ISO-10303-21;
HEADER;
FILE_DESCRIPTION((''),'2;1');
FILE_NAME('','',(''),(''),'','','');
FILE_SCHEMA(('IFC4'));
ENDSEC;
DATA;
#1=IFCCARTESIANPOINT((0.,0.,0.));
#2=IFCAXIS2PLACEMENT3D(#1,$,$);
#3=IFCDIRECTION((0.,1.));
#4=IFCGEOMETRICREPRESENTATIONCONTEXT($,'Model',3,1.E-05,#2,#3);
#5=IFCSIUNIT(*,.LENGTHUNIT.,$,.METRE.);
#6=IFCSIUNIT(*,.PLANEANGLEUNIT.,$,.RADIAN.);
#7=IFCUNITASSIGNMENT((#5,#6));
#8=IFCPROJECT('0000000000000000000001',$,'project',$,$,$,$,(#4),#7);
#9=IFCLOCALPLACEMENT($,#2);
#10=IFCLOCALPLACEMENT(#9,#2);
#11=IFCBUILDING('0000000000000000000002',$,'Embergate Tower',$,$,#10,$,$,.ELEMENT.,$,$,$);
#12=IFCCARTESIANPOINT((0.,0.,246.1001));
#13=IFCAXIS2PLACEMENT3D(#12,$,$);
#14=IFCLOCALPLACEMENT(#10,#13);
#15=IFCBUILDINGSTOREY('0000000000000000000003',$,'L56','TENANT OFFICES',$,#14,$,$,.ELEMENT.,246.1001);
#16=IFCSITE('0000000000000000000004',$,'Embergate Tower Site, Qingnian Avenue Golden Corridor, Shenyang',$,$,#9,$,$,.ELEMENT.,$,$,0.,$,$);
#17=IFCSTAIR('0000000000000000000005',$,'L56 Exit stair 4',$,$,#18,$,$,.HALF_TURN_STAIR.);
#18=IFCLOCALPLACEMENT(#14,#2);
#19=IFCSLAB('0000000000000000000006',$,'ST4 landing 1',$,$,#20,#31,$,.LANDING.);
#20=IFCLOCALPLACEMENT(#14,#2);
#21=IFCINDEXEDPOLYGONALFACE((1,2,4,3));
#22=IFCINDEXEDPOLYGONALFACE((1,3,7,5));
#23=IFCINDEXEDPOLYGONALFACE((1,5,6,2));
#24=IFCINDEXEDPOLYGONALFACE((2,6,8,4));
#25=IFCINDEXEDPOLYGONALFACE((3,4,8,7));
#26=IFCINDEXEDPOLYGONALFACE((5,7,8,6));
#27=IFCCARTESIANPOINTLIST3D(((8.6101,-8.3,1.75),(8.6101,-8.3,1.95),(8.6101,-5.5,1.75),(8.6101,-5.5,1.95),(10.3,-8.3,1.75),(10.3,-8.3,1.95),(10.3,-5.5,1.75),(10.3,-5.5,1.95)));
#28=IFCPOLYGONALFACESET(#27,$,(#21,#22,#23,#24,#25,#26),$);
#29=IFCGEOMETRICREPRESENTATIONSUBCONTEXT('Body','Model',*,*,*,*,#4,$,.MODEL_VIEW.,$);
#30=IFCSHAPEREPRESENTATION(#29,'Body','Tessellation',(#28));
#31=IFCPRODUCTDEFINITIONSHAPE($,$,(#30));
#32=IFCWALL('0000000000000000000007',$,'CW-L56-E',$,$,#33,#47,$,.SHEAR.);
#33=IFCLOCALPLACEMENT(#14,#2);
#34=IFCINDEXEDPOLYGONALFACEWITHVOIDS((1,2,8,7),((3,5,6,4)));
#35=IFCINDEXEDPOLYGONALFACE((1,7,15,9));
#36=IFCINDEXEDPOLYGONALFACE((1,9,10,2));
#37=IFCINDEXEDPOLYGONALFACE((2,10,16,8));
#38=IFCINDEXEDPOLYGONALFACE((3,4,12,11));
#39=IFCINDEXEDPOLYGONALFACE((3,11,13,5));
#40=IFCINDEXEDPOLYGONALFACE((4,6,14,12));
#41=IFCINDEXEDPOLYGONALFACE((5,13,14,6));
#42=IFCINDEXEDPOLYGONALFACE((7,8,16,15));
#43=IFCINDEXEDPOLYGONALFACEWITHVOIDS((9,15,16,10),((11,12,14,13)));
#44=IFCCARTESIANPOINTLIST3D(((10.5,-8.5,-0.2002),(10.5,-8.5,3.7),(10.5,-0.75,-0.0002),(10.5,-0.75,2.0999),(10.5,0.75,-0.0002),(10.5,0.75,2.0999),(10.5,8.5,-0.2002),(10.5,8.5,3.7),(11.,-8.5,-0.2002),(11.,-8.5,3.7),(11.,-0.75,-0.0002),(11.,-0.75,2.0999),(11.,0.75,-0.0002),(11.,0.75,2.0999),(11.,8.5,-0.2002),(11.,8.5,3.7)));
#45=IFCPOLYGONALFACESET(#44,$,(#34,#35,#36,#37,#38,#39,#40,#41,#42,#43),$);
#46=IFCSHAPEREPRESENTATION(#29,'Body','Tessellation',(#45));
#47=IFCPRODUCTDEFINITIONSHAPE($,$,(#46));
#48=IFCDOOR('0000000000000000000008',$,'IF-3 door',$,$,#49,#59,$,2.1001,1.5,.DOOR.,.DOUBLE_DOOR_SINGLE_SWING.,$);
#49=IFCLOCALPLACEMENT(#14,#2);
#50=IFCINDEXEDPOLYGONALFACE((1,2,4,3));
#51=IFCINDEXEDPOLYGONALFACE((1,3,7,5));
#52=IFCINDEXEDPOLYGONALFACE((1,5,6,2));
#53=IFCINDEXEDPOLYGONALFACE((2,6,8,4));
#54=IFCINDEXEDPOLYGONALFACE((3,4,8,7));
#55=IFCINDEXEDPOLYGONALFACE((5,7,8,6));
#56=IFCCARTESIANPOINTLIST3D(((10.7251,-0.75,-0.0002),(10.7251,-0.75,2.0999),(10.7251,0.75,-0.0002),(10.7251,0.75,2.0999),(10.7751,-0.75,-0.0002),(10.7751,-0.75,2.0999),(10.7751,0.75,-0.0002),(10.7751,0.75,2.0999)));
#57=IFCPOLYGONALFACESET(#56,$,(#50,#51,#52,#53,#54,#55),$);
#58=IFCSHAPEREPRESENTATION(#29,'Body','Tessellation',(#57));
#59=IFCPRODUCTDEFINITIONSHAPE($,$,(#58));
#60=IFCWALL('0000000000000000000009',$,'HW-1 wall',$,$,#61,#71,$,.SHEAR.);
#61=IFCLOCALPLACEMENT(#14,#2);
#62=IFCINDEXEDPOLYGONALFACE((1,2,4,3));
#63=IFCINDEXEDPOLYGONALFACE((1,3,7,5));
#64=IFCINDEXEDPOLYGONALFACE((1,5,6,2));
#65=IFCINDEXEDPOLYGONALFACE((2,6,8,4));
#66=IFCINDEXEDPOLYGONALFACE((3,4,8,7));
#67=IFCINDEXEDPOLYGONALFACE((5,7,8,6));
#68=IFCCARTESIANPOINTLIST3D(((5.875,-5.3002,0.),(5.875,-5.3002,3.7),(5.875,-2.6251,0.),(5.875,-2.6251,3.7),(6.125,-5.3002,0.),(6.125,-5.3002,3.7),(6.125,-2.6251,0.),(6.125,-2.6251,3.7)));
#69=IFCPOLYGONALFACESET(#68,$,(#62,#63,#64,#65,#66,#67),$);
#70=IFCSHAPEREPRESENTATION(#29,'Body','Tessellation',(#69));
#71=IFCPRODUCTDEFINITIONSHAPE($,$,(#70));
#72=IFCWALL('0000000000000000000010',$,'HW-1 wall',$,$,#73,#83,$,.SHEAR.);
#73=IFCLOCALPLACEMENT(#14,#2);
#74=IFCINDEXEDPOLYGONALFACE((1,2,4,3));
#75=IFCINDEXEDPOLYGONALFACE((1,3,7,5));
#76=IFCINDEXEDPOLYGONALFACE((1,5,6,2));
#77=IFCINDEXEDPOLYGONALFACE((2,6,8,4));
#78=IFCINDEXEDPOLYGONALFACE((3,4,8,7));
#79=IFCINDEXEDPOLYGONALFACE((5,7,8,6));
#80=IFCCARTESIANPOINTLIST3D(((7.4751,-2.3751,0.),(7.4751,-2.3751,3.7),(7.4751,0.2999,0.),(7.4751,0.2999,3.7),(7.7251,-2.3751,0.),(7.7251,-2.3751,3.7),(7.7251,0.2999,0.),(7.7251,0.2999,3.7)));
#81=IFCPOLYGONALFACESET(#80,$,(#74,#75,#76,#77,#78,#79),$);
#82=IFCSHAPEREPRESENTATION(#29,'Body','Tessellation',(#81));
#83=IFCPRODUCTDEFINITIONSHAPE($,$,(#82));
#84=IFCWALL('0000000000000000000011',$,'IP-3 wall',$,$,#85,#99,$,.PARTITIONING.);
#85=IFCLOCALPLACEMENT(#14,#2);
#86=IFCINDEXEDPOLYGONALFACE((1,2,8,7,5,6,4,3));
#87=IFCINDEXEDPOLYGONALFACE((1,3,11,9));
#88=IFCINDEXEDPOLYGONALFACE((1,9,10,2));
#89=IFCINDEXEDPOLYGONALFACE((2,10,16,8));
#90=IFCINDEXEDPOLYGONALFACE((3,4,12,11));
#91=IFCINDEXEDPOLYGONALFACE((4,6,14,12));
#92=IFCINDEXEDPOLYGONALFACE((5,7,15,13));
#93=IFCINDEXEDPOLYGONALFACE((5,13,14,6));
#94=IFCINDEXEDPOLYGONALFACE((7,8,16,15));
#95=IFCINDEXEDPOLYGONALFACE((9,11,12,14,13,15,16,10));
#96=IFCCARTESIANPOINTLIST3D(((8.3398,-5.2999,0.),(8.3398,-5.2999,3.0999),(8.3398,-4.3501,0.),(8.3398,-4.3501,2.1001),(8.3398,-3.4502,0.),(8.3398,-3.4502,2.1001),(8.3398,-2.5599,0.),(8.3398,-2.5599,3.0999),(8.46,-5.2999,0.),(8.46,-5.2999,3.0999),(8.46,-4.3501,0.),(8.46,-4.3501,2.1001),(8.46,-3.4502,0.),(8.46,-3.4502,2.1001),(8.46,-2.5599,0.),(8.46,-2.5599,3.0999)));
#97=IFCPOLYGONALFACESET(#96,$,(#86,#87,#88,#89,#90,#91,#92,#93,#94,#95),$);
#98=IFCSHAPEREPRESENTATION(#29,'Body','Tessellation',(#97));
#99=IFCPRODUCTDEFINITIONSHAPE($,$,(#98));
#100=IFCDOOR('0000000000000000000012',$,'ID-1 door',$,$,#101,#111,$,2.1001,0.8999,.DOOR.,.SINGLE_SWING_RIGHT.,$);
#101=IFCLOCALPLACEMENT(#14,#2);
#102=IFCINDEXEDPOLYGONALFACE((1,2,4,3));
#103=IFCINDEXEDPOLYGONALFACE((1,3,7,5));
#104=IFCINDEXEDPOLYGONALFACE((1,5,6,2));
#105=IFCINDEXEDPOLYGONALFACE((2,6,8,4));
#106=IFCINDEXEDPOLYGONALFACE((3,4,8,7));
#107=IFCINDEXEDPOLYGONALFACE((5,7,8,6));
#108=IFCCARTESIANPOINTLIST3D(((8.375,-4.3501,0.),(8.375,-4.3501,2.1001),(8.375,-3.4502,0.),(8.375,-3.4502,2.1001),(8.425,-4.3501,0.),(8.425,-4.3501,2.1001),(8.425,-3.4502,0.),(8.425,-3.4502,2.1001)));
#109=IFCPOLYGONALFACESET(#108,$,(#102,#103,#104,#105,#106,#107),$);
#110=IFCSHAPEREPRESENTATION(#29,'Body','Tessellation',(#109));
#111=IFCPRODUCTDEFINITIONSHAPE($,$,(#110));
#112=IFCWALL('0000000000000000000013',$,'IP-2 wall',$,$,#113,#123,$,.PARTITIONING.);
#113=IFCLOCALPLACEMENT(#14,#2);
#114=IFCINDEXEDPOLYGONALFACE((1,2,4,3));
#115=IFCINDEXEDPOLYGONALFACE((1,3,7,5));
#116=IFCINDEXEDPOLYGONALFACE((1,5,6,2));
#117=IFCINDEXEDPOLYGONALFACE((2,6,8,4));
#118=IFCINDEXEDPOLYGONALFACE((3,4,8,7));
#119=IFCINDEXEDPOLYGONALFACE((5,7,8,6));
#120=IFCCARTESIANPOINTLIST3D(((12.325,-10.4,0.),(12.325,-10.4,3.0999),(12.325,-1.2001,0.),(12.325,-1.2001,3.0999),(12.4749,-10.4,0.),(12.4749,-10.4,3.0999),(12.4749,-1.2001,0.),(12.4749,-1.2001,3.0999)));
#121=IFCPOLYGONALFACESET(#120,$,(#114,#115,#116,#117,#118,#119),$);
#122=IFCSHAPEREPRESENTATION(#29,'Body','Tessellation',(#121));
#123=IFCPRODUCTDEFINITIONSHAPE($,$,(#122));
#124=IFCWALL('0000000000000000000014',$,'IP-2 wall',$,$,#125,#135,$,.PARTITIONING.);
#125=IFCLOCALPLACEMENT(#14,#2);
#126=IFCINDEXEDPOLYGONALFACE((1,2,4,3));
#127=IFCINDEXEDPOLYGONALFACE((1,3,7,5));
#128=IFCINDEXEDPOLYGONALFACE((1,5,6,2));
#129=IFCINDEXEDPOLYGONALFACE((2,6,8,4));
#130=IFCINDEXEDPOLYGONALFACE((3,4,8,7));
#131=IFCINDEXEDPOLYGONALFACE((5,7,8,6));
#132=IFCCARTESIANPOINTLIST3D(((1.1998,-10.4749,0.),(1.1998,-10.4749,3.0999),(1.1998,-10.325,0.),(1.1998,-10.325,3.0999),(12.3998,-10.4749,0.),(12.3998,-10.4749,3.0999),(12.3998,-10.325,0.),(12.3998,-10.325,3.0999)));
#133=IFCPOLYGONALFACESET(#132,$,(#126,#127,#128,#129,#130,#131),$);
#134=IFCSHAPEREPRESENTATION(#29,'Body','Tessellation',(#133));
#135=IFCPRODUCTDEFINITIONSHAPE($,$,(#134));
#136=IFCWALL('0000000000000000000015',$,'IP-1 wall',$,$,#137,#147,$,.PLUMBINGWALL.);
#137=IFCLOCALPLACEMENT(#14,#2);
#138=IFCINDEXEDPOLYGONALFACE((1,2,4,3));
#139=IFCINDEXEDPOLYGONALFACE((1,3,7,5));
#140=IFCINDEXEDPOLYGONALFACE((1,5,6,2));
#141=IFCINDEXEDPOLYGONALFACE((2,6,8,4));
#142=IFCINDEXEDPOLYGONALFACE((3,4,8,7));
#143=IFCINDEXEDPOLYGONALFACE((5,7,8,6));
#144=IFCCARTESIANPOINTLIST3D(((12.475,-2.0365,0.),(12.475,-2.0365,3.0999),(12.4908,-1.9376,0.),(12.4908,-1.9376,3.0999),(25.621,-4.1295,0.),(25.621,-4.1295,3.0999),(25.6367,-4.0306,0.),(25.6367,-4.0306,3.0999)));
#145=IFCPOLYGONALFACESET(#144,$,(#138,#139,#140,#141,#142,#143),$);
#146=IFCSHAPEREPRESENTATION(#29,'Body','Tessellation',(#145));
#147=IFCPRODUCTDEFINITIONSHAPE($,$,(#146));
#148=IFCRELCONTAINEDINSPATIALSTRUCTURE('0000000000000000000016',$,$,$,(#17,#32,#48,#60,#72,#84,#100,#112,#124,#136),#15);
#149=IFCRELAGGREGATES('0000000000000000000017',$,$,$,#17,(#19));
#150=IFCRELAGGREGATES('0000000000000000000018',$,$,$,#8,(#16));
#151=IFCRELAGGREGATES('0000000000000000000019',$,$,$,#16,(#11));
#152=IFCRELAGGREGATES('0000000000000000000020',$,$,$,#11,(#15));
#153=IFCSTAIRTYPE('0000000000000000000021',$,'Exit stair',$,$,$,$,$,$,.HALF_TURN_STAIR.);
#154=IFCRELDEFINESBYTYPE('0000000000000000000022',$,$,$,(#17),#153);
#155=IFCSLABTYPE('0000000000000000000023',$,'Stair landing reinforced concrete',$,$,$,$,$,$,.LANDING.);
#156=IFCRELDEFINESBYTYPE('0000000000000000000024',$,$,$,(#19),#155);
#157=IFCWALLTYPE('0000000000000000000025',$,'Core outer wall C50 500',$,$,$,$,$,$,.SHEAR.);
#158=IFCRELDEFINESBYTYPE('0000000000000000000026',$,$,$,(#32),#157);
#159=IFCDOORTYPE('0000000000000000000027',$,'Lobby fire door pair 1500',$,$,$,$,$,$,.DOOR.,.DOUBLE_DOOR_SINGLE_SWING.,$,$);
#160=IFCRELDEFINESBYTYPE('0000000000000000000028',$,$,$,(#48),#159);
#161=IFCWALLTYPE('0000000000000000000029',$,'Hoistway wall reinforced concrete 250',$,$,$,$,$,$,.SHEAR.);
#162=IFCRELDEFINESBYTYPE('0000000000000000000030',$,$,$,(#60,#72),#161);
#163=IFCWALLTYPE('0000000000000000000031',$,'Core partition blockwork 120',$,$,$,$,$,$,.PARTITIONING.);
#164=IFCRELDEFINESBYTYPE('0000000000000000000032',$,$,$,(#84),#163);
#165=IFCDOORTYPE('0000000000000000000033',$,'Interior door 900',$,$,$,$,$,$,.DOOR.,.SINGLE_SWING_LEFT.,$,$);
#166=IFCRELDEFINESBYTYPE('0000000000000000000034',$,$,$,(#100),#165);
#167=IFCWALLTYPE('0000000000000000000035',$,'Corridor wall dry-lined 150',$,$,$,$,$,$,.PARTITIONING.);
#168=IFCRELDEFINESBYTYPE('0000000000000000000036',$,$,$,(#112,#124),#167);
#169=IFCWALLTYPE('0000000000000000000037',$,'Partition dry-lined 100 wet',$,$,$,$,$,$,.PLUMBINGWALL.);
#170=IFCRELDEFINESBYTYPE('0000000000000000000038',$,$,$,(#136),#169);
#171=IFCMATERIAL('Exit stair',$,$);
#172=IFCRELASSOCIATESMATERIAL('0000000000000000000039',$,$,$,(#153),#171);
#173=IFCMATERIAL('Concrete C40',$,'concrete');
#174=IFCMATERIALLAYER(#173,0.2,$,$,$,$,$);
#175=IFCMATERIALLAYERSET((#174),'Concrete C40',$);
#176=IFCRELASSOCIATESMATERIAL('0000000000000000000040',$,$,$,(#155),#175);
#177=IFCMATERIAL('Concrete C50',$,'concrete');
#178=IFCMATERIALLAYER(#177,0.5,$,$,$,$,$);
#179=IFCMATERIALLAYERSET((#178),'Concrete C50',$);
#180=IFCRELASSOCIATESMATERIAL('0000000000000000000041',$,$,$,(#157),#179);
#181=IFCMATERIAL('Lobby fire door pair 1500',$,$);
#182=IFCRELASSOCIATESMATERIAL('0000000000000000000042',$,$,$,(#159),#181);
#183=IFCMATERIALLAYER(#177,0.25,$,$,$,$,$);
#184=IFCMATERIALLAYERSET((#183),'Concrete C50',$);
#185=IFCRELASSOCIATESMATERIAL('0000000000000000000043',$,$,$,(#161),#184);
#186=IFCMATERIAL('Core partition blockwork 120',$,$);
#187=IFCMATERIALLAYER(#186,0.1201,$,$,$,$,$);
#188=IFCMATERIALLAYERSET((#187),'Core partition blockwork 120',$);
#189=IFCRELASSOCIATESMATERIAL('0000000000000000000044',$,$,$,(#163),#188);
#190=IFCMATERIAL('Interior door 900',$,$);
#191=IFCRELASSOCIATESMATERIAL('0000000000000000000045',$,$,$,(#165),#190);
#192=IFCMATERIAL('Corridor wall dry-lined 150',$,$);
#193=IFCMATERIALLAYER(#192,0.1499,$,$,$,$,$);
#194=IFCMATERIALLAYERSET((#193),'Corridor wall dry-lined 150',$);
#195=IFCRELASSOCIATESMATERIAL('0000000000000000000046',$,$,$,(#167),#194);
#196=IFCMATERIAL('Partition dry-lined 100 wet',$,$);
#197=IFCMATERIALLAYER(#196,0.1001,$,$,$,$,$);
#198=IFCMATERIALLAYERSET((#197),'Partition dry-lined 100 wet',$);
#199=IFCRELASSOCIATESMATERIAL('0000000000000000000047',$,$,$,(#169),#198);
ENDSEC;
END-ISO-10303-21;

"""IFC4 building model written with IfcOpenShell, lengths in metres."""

from ifc_helpers import new_model, si_unit, direction, frame, frame_2d, origin, place, context, subcontext, project, spatial, polyline, rectangle, outline, extrude, source, transform, mapped, material, layer, layer_set, type_object, element, fill, aggregate, save


model = new_model("IFC4")

# Units and contexts
model_context = context("Model", 3, precision=1e-05, world=origin(), true_north=direction((0.0, 1.0)))
body_context = subcontext(model_context, "Body", "Model", "MODEL_VIEW")
ifc_project = project(units=[si_unit("LENGTHUNIT", "METRE"), si_unit("PLANEANGLEUNIT", "RADIAN")], contexts=[model_context])

# Site, building, storey
site_placement = place(None, origin())
site = spatial("IfcSite", under=ifc_project, at=site_placement, Name="Embergate Tower Site, Qingnian Avenue Golden Corridor, Shenyang", CompositionType="ELEMENT", RefElevation=0.0)
building_placement = place(site_placement, origin())
building = spatial("IfcBuilding", under=site, at=building_placement, Name="Embergate Tower", CompositionType="ELEMENT")
storey_placement = place(building_placement, frame((0.0, 0.0, 246.1001)))
storey = spatial("IfcBuildingStorey", under=building, at=storey_placement, Name="L56", Description="TENANT OFFICES", CompositionType="ELEMENT", Elevation=246.1001)

# Stair, slab
ifc_material_1 = material(Name="Exit stair")
stair_type = type_object("IfcStairType", Name="Exit stair", PredefinedType="HALF_TURN_STAIR", material=ifc_material_1)
stair_placement = place(storey_placement, origin())
stair = element("IfcStair", 1, at=stair_placement, inside=storey, type_object=stair_type, Name="L56 Exit stair 4", PredefinedType="HALF_TURN_STAIR")
ifc_material_2 = material(Name="Concrete C40", Category="concrete")
ifc_layer_1 = layer(ifc_material_2, 0.2)
ifc_layer_set_1 = layer_set([ifc_layer_1], Name="Concrete C40")
slab_type = type_object("IfcSlabType", Name="Stair landing reinforced concrete", PredefinedType="LANDING", material=ifc_layer_set_1)
shared_shape_1 = source(origin(), body_context, "Body", "SweptSolid", [
    extrude(outline(polyline([(0.0, 0.0), (1.6899, 0.0), (1.6899, 2.8), (0.0, 2.8), (0.0, 0.0)])), origin(), (0.0, 0.0, 1.0), 0.2),
])
slab_placement = place(storey_placement, frame((8.6101, -8.3, 1.75)))
slab = element("IfcSlab", 2, at=slab_placement, type_object=slab_type, Name="ST4 landing 1", PredefinedType="LANDING", context=body_context, shape_type="MappedRepresentation", body=[
    mapped(shared_shape_1, transform((0.0, 0.0, 0.0))),
])

# Wall, opening, door
ifc_material_3 = material(Name="Concrete C50", Category="concrete")
ifc_layer_2 = layer(ifc_material_3, 0.5)
ifc_layer_set_2 = layer_set([ifc_layer_2], Name="Concrete C50")
wall_type_1 = type_object("IfcWallType", Name="Core outer wall C50 500", PredefinedType="SHEAR", material=ifc_layer_set_2)
shared_shape_2 = source(origin(), body_context, "Body", "SweptSolid", [
    extrude(rectangle(XDim=17.0, YDim=0.5, at=frame_2d((8.5, 0.0))), origin(), (0.0, 0.0, 1.0), 3.9001),
])
wall_1_placement = place(storey_placement, frame((10.75, -8.5, -0.2002), z_axis=(0.0, 0.0, 1.0), x_axis=(0.0, 1.0, 0.0)))
wall_1 = element("IfcWall", 3, at=wall_1_placement, inside=storey, type_object=wall_type_1, Name="CW-L56-E", PredefinedType="SHEAR", context=body_context, shape_type="MappedRepresentation", body=[
    mapped(shared_shape_2, transform((0.0, 0.0, 0.0))),
])
shared_shape_3 = source(origin(), body_context, "Body", "SweptSolid", [
    extrude(rectangle(XDim=1.5, YDim=2.1001, at=frame_2d((0.75, 1.05))), frame((0.0, 0.26, 0.0), z_axis=(0.0, -1.0, 0.0), x_axis=(1.0, 0.0, 0.0)), (0.0, 0.0, 1.0), 0.52),
])
opening_1_placement = place(wall_1_placement, frame((7.75, 0.0, 0.2)))
opening_1 = element("IfcOpeningElement", 4, at=opening_1_placement, cuts=wall_1, PredefinedType="OPENING", context=body_context, shape_type="MappedRepresentation", body=[
    mapped(shared_shape_3, transform((0.0, 0.0, 0.0))),
])
ifc_material_4 = material(Name="Lobby fire door pair 1500")
door_type_1 = type_object("IfcDoorType", Name="Lobby fire door pair 1500", OperationType="DOUBLE_DOOR_SINGLE_SWING", PredefinedType="DOOR", material=ifc_material_4)
shared_shape_4 = source(origin(), body_context, "Body", "SweptSolid", [
    extrude(rectangle(XDim=1.5, YDim=2.1001, at=frame_2d((0.75, 1.05))), frame((0.0, 0.0249, 0.0), z_axis=(0.0, -1.0, 0.0), x_axis=(1.0, 0.0, 0.0)), (0.0, 0.0, 1.0), 0.05),
])
door_1_placement = place(opening_1_placement, origin())
door_1 = element("IfcDoor", 5, at=door_1_placement, inside=storey, type_object=door_type_1, Name="IF-3 door", OperationType="DOUBLE_DOOR_SINGLE_SWING", OverallHeight=2.1001, OverallWidth=1.5, PredefinedType="DOOR", context=body_context, shape_type="MappedRepresentation", body=[
    mapped(shared_shape_4, transform((0.0, 0.0, 0.0))),
])
fill(opening_1, door_1)

# Walls
ifc_layer_3 = layer(ifc_material_3, 0.25)
ifc_layer_set_3 = layer_set([ifc_layer_3], Name="Concrete C50")
wall_type_2 = type_object("IfcWallType", Name="Hoistway wall reinforced concrete 250", PredefinedType="SHEAR", material=ifc_layer_set_3)
shared_shape_5 = source(origin(), body_context, "Body", "SweptSolid", [
    extrude(rectangle(XDim=2.675, YDim=0.25, at=frame_2d((1.3374, 0.0))), origin(), (0.0, 0.0, 1.0), 3.7),
])
for number, where, z_axis, x_axis, name in (
    (6, (6.0, -5.3, 0.0), (0.0, 0.0, 1.0), (0.0, 1.0, 0.0), "HW-1 wall"),
    (7, (7.6001, -2.375, 0.0), (0.0, 0.0, 1.0), (0.0, 1.0, 0.0), "HW-1 wall"),
):
    element("IfcWall", number, at=place(storey_placement, frame(where, z_axis=z_axis, x_axis=x_axis)), inside=storey, type_object=wall_type_2, Name=name, PredefinedType="SHEAR", context=body_context, shape_type="MappedRepresentation", body=[
        mapped(shared_shape_5, transform((0.0, 0.0, 0.0))),
    ])

# Wall, opening, door
ifc_material_5 = material(Name="Core partition blockwork 120")
ifc_layer_4 = layer(ifc_material_5, 0.1201)
ifc_layer_set_4 = layer_set([ifc_layer_4], Name="Core partition blockwork 120")
wall_type_3 = type_object("IfcWallType", Name="Core partition blockwork 120", PredefinedType="PARTITIONING", material=ifc_layer_set_4)
shared_shape_6 = source(origin(), body_context, "Body", "SweptSolid", [
    extrude(rectangle(XDim=2.74, YDim=0.1201, at=frame_2d((1.3701, 0.0))), origin(), (0.0, 0.0, 1.0), 3.0999),
])
wall_2_placement = place(storey_placement, frame((8.3999, -5.3, 0.0), z_axis=(0.0, 0.0, 1.0), x_axis=(0.0, 1.0, 0.0)))
wall_2 = element("IfcWall", 8, at=wall_2_placement, inside=storey, type_object=wall_type_3, Name="IP-3 wall", PredefinedType="PARTITIONING", context=body_context, shape_type="MappedRepresentation", body=[
    mapped(shared_shape_6, transform((0.0, 0.0, 0.0))),
])
shared_shape_7 = source(origin(), body_context, "Body", "SweptSolid", [
    extrude(rectangle(XDim=0.8999, YDim=2.1001, at=frame_2d((0.45, 1.05))), frame((0.0, 0.0701, 0.0), z_axis=(0.0, -1.0, 0.0), x_axis=(1.0, 0.0, 0.0)), (0.0, 0.0, 1.0), 0.1401),
])
opening_2_placement = place(wall_2_placement, frame((0.95, 0.0, 0.0)))
opening_2 = element("IfcOpeningElement", 9, at=opening_2_placement, cuts=wall_2, PredefinedType="OPENING", context=body_context, shape_type="MappedRepresentation", body=[
    mapped(shared_shape_7, transform((0.0, 0.0, 0.0))),
])
ifc_material_6 = material(Name="Interior door 900")
door_type_2 = type_object("IfcDoorType", Name="Interior door 900", OperationType="SINGLE_SWING_LEFT", PredefinedType="DOOR", material=ifc_material_6)
shared_shape_8 = source(origin(), body_context, "Body", "SweptSolid", [
    extrude(rectangle(XDim=0.8999, YDim=2.1001, at=frame_2d((0.45, 1.05))), frame((0.0, 0.0249, 0.0), z_axis=(0.0, -1.0, 0.0), x_axis=(1.0, 0.0, 0.0)), (0.0, 0.0, 1.0), 0.05),
])
door_2_placement = place(opening_2_placement, origin())
door_2 = element("IfcDoor", 10, at=door_2_placement, inside=storey, type_object=door_type_2, Name="ID-1 door", OperationType="SINGLE_SWING_RIGHT", OverallHeight=2.1001, OverallWidth=0.8999, PredefinedType="DOOR", context=body_context, shape_type="MappedRepresentation", body=[
    mapped(shared_shape_8, transform((0.0, 0.0, 0.0))),
])
fill(opening_2, door_2)

# Walls
ifc_material_7 = material(Name="Corridor wall dry-lined 150")
ifc_layer_5 = layer(ifc_material_7, 0.1499)
ifc_layer_set_5 = layer_set([ifc_layer_5], Name="Corridor wall dry-lined 150")
wall_type_4 = type_object("IfcWallType", Name="Corridor wall dry-lined 150", PredefinedType="PARTITIONING", material=ifc_layer_set_5)
shared_shape_9 = source(origin(), body_context, "Body", "SweptSolid", [
    extrude(rectangle(XDim=9.2, YDim=0.1499, at=frame_2d((4.6001, 0.0))), origin(), (0.0, 0.0, 1.0), 3.0999),
])
wall_3_placement = place(storey_placement, frame((12.3999, -1.2, 0.0), z_axis=(0.0, 0.0, 1.0), x_axis=(0.0, -1.0, 0.0)))
element("IfcWall", 11, at=wall_3_placement, inside=storey, type_object=wall_type_4, Name="IP-2 wall", PredefinedType="PARTITIONING", context=body_context, shape_type="MappedRepresentation", body=[
    mapped(shared_shape_9, transform((0.0, 0.0, 0.0))),
])
shared_shape_10 = source(origin(), body_context, "Body", "SweptSolid", [
    extrude(rectangle(XDim=11.2, YDim=0.1499, at=frame_2d((5.6001, 0.0))), origin(), (0.0, 0.0, 1.0), 3.0999),
])
wall_4_placement = place(storey_placement, frame((12.3999, -10.3999, 0.0), z_axis=(0.0, 0.0, 1.0), x_axis=(-1.0, 0.0, 0.0)))
element("IfcWall", 12, at=wall_4_placement, inside=storey, type_object=wall_type_4, Name="IP-2 wall", PredefinedType="PARTITIONING", context=body_context, shape_type="MappedRepresentation", body=[
    mapped(shared_shape_10, transform((0.0, 0.0, 0.0))),
])
ifc_material_8 = material(Name="Partition dry-lined 100 wet")
ifc_layer_6 = layer(ifc_material_8, 0.1001)
ifc_layer_set_6 = layer_set([ifc_layer_6], Name="Partition dry-lined 100 wet")
wall_type_5 = type_object("IfcWallType", Name="Partition dry-lined 100 wet", PredefinedType="PLUMBINGWALL", material=ifc_layer_set_6)
shared_shape_11 = source(origin(), body_context, "Body", "SweptSolid", [
    extrude(rectangle(XDim=13.3115, YDim=0.1001, at=frame_2d((6.6558, 0.0))), origin(), (0.0, 0.0, 1.0), 3.0999),
])
wall_5_placement = place(storey_placement, frame((12.4829, -1.9871, 0.0), z_axis=(0.0, 0.0, 1.0), x_axis=(0.987562, -0.157233, 0.0)))
element("IfcWall", 13, at=wall_5_placement, inside=storey, type_object=wall_type_5, Name="IP-1 wall", PredefinedType="PLUMBINGWALL", context=body_context, shape_type="MappedRepresentation", body=[
    mapped(shared_shape_11, transform((0.0, 0.0, 0.0))),
])

aggregate(stair, [slab])

save(model, "model.ifc")
